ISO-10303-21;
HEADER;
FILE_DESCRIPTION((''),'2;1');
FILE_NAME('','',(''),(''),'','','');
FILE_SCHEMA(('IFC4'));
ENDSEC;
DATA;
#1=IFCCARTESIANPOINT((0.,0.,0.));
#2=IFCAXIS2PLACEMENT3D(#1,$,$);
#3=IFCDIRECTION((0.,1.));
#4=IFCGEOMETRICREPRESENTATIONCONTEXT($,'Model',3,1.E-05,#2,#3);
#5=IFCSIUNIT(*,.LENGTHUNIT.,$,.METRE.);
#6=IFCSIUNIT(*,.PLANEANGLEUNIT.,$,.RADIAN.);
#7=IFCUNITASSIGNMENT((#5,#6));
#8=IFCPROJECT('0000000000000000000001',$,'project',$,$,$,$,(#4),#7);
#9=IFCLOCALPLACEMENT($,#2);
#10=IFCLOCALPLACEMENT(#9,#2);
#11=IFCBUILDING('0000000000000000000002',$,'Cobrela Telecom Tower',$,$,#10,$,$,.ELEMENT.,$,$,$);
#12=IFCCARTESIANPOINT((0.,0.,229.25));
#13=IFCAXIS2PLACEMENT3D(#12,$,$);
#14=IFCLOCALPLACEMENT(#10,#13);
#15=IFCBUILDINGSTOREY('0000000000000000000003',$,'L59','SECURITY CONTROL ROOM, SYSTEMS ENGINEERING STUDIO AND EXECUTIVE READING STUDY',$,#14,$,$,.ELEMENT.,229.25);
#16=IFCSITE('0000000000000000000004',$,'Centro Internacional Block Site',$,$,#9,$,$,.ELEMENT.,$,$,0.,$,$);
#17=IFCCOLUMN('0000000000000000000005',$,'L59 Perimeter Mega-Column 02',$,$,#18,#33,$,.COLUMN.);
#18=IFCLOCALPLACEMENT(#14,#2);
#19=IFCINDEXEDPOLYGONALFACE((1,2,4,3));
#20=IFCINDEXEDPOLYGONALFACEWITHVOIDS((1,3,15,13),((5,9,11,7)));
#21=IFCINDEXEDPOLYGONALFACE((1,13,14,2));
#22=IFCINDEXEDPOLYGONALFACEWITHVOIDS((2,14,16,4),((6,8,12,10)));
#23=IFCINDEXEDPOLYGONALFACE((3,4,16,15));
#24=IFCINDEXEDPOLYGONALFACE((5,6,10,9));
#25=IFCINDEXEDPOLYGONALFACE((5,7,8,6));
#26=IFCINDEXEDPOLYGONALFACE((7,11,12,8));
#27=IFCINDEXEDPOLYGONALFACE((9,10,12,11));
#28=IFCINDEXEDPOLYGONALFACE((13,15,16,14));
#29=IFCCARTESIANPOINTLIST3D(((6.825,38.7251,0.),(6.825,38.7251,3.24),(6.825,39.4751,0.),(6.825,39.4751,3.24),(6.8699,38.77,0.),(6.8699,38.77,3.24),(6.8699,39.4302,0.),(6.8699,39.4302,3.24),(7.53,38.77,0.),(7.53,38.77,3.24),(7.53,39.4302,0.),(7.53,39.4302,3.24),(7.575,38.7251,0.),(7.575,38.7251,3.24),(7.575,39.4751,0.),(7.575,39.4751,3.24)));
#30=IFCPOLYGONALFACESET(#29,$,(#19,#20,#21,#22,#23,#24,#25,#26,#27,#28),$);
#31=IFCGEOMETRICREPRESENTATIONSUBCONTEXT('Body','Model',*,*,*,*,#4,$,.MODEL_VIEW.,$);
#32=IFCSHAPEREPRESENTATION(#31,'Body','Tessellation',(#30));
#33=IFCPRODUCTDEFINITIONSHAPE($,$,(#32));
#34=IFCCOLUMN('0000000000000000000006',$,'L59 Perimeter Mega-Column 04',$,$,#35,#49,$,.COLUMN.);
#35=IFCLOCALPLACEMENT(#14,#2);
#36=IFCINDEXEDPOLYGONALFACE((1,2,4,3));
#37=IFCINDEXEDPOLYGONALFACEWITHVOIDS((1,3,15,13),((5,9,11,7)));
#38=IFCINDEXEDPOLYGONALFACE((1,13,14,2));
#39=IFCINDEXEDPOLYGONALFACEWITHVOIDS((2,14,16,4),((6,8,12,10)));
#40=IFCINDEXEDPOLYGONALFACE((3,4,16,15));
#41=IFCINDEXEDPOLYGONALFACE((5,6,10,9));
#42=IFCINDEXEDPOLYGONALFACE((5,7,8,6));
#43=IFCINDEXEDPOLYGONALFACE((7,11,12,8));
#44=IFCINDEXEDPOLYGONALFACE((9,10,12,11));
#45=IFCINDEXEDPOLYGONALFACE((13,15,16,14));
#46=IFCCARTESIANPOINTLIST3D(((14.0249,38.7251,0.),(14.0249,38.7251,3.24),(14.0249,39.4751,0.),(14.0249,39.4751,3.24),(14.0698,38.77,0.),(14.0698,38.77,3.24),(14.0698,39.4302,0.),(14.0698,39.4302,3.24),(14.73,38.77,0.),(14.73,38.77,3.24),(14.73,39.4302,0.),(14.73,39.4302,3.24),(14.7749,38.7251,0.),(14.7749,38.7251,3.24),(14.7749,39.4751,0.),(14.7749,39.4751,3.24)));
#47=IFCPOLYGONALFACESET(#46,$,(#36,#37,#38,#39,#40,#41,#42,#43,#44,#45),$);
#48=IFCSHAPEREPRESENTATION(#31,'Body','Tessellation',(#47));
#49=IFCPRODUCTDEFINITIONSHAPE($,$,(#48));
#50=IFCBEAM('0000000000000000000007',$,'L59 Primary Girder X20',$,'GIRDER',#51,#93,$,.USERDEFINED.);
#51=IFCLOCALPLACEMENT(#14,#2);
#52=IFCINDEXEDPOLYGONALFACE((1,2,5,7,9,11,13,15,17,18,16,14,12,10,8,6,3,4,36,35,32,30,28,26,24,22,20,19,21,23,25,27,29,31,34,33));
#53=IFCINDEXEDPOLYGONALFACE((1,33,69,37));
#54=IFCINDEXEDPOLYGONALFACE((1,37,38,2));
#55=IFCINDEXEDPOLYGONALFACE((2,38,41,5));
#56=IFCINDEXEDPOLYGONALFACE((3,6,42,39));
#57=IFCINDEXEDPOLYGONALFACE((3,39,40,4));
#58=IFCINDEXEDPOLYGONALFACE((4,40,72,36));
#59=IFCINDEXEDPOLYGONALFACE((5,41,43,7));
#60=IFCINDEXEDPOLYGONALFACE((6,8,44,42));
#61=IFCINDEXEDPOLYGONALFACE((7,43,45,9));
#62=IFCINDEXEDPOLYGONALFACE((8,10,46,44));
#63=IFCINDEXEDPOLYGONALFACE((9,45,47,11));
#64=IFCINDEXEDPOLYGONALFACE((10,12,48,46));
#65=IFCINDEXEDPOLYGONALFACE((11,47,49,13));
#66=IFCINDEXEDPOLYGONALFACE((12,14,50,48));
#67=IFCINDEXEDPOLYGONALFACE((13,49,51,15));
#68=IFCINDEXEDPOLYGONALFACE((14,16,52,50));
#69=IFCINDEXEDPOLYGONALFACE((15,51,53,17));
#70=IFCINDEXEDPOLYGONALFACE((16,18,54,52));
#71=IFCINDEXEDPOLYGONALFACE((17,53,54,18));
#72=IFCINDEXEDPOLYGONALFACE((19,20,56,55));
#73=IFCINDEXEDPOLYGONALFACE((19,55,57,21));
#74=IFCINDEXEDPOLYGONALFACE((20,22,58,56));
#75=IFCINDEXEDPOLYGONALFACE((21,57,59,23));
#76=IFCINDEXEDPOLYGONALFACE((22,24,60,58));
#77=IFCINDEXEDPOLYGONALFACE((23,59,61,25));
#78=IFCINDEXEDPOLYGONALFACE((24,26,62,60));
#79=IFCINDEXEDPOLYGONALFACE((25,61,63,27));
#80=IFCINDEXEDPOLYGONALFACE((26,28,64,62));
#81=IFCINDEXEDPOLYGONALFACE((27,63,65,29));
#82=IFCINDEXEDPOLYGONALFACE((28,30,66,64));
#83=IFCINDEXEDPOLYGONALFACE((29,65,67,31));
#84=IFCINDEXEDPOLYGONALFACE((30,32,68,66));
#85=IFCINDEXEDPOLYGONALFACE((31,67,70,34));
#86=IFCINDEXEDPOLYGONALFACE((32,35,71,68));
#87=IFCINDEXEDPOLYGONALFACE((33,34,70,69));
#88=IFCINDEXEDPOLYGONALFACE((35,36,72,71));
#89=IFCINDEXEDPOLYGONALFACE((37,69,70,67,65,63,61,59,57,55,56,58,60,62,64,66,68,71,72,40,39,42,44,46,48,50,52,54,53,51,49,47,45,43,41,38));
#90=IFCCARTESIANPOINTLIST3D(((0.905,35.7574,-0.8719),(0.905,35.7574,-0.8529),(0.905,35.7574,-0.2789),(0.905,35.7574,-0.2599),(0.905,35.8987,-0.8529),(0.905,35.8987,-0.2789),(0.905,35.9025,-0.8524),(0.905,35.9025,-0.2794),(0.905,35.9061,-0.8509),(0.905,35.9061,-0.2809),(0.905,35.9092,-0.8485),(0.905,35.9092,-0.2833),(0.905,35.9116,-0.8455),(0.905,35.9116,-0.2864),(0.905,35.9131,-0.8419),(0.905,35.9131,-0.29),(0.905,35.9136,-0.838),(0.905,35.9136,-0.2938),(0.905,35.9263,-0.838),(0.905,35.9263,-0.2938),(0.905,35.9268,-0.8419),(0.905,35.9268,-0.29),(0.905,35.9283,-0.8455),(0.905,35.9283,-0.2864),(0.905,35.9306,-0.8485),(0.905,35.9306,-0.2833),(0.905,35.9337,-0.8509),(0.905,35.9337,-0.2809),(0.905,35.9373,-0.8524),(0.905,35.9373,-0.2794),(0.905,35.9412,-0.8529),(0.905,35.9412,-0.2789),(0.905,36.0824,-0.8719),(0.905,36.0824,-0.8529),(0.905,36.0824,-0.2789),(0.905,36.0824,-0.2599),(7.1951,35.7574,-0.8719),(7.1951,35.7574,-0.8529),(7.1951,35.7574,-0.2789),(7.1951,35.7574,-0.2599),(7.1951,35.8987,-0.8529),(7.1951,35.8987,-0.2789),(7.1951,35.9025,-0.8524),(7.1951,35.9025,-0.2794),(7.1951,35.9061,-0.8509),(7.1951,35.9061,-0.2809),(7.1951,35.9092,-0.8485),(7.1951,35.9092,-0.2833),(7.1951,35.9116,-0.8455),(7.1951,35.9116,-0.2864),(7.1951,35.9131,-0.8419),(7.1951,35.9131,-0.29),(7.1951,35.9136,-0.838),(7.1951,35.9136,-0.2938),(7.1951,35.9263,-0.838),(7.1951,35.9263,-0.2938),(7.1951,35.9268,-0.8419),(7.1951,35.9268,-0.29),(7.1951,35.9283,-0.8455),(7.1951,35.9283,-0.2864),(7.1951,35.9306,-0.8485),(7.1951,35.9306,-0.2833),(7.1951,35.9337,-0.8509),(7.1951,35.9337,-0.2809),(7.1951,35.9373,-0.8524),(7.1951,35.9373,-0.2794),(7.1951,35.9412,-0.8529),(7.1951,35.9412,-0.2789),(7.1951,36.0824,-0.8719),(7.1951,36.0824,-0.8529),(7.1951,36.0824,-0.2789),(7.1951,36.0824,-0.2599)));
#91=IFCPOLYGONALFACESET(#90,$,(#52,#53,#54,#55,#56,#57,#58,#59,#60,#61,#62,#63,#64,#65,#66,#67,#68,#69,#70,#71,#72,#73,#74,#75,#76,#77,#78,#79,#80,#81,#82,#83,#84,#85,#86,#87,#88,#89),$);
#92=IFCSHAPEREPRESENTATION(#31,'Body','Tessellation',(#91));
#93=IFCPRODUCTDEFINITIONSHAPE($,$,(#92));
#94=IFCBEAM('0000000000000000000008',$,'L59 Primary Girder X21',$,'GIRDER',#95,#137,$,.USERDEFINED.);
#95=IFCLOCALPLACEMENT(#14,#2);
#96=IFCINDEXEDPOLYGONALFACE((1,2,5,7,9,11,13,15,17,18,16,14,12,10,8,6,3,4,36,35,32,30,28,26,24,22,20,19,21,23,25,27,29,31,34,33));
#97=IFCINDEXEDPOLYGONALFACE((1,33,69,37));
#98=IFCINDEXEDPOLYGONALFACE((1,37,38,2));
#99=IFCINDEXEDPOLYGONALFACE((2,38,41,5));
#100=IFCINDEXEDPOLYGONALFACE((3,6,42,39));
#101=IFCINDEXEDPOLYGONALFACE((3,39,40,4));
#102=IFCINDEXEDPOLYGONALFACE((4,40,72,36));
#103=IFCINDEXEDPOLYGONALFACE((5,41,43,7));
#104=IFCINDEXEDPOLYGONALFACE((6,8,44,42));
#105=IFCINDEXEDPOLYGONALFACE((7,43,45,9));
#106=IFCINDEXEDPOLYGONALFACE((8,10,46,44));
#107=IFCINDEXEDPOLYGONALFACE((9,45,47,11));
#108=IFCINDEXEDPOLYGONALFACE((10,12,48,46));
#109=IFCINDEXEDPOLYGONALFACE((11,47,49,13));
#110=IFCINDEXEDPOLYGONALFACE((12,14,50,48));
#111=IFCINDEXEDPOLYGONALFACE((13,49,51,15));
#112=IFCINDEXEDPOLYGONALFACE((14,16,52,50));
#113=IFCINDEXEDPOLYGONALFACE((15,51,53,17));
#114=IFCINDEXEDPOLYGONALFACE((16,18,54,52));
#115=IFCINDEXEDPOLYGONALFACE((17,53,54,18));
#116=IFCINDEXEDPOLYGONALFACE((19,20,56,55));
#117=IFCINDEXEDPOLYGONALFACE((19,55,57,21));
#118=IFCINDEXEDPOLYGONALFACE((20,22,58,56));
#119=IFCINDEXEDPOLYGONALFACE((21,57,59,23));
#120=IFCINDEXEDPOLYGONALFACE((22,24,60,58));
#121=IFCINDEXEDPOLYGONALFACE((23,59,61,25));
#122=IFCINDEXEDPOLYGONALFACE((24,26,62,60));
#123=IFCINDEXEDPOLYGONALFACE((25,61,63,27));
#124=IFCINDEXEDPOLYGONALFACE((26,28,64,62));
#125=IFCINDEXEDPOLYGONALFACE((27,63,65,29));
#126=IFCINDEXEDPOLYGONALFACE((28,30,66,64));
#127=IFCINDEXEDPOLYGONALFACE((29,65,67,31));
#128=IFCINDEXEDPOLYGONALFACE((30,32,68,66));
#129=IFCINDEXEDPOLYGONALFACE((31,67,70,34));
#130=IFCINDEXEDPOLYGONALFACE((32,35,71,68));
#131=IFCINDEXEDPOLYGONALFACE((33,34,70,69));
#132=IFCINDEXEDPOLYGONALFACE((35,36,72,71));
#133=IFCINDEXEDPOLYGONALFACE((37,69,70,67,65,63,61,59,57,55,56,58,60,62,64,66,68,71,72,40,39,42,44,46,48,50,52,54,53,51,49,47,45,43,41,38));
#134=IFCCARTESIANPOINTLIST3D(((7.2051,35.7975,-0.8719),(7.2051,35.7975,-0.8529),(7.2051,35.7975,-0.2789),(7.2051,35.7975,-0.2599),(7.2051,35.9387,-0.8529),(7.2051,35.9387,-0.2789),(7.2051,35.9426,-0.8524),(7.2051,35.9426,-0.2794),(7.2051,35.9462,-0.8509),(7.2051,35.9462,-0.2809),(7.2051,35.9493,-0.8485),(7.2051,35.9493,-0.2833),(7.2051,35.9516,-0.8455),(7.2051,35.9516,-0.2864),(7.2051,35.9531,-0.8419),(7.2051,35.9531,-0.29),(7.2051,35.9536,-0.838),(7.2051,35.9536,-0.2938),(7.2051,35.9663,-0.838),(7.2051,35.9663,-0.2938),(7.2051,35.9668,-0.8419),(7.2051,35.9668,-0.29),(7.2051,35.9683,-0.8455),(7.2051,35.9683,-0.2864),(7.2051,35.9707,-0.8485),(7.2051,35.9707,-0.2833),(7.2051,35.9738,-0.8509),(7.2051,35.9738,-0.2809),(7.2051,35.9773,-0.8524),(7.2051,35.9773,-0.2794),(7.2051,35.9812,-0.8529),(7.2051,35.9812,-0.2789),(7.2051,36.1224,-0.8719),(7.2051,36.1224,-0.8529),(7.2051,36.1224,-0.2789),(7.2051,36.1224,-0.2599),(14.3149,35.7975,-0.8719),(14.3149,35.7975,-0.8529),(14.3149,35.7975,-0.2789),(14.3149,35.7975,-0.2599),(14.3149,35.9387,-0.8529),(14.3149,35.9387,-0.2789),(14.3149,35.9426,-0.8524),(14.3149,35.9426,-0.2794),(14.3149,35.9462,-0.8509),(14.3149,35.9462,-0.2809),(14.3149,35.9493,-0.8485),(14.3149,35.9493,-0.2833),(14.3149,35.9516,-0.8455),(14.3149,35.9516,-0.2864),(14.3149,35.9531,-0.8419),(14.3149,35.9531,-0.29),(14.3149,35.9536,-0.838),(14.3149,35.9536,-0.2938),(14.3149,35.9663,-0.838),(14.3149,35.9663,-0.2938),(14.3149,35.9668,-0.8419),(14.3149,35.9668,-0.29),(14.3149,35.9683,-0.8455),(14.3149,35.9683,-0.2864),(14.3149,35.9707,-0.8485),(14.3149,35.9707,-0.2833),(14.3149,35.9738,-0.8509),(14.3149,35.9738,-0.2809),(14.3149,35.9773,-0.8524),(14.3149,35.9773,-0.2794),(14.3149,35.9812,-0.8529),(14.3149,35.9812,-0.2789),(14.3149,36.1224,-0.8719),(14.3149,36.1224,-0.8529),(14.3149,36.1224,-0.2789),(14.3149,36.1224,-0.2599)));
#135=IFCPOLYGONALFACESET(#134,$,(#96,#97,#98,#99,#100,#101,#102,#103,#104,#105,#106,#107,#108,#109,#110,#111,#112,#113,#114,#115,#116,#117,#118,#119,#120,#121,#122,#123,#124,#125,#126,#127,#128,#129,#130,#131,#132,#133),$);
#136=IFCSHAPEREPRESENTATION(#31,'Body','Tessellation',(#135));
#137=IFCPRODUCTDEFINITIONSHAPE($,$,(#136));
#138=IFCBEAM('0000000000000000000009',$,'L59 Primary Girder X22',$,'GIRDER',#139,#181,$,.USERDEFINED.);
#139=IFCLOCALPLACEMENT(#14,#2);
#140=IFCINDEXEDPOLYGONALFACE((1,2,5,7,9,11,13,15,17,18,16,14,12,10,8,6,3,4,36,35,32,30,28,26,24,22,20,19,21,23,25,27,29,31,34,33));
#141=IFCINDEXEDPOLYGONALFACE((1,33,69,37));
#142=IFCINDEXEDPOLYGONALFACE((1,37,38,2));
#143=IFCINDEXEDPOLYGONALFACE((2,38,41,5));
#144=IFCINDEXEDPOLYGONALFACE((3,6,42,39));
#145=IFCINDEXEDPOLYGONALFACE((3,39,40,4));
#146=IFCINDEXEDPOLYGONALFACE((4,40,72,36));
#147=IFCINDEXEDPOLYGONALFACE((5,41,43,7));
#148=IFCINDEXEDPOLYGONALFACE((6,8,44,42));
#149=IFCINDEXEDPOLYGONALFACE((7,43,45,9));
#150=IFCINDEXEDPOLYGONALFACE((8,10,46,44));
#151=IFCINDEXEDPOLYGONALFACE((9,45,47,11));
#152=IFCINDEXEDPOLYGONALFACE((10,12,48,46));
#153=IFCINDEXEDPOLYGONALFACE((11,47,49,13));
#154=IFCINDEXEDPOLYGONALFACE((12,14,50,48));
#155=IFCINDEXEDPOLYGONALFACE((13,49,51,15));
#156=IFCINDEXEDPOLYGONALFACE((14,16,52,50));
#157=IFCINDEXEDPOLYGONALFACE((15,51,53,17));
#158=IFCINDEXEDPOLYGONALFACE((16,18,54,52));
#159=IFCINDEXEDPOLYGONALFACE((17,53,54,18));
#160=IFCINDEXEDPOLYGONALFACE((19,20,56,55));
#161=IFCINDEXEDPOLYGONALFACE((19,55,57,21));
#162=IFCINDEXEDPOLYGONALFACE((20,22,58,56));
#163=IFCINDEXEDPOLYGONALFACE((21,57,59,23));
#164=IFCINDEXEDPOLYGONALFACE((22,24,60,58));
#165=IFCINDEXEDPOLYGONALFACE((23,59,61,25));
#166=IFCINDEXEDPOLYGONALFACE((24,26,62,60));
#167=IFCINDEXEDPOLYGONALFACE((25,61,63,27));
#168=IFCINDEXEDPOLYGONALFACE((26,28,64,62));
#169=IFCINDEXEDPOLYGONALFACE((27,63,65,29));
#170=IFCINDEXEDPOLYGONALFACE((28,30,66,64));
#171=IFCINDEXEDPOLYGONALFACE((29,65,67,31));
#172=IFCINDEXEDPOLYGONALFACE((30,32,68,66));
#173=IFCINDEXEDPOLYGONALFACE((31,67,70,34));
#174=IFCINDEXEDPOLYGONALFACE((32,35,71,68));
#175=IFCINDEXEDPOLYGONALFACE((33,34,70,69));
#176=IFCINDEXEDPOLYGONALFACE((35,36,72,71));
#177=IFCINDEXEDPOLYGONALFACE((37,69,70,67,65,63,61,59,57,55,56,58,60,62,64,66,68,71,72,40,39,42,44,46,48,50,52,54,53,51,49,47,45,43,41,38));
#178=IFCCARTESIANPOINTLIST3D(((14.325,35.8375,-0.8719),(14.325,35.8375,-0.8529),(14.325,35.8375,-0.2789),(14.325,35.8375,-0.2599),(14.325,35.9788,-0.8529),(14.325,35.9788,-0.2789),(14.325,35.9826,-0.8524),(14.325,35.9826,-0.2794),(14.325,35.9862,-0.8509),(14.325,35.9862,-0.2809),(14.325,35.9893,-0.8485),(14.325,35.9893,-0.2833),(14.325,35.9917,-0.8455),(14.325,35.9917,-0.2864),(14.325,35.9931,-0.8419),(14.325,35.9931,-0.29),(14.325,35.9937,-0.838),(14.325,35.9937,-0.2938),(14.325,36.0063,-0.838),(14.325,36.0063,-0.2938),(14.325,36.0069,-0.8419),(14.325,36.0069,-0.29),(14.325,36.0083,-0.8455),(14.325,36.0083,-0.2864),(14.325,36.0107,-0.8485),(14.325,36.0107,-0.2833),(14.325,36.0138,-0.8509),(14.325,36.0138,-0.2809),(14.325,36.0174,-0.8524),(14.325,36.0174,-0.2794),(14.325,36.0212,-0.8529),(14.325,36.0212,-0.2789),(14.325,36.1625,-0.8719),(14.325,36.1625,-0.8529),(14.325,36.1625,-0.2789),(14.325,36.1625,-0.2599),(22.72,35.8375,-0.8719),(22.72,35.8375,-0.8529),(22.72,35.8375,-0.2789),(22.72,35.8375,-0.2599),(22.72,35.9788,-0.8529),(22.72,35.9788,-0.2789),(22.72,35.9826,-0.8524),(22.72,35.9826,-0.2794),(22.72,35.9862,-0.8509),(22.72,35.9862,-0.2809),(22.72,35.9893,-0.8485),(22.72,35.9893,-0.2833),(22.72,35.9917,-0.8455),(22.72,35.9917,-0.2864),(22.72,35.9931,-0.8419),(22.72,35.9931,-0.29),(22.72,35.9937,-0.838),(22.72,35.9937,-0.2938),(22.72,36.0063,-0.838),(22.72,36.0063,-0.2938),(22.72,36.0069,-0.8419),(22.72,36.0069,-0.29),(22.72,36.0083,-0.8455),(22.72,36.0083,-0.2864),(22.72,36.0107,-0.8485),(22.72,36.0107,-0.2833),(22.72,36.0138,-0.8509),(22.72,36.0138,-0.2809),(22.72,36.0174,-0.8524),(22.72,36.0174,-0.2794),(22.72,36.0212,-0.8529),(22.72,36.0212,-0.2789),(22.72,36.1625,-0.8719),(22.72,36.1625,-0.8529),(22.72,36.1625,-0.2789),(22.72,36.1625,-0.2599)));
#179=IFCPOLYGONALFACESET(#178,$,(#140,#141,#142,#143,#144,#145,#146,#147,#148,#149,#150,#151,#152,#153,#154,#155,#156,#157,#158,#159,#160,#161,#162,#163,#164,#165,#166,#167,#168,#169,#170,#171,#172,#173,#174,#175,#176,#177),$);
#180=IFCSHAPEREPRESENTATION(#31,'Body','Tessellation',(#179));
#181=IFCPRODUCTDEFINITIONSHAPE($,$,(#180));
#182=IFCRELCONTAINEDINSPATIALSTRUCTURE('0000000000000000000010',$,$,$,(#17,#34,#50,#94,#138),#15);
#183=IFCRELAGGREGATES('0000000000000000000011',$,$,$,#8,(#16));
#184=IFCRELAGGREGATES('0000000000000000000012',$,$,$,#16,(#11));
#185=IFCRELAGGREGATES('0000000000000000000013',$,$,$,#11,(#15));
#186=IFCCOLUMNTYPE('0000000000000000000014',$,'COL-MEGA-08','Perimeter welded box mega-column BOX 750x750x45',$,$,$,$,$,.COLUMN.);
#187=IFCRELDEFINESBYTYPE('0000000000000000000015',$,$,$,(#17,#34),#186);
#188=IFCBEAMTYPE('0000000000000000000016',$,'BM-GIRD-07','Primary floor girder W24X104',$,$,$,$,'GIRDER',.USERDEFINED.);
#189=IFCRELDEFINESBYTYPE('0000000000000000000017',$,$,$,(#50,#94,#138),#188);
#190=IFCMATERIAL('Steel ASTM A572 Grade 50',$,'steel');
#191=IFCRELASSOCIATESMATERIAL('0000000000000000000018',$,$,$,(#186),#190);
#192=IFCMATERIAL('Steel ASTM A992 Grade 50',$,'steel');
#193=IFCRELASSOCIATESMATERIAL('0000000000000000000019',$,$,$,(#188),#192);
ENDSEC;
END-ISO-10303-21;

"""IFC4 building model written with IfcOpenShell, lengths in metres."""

from ifc_helpers import new_model, si_unit, direction, frame, origin, origin_2d, place, context, subcontext, project, spatial, hollow_rectangle, i_section, extrude, material, material_profile, profile_set, type_object, element, save


model = new_model("IFC4")

# Units and contexts
model_context = context("Model", 3, precision=1e-05, world=origin(), true_north=direction((0.0, 1.0)))
body_context = subcontext(model_context, "Body", "Model", "MODEL_VIEW")
ifc_project = project(units=[si_unit("LENGTHUNIT", "METRE"), si_unit("PLANEANGLEUNIT", "RADIAN")], contexts=[model_context])

# Site, building, storey
site_placement = place(None, origin())
site = spatial("IfcSite", under=ifc_project, at=site_placement, Name="Centro Internacional Block Site", CompositionType="ELEMENT", RefElevation=0.0)
building_placement = place(site_placement, origin())
building = spatial("IfcBuilding", under=site, at=building_placement, Name="Cobrela Telecom Tower", CompositionType="ELEMENT")
storey_placement = place(building_placement, frame((0.0, 0.0, 229.25)))
storey = spatial("IfcBuildingStorey", under=building, at=storey_placement, Name="L59", Description="SECURITY CONTROL ROOM, SYSTEMS ENGINEERING STUDIO AND EXECUTIVE READING STUDY", CompositionType="ELEMENT", Elevation=229.25)

# Columns
ifc_material_1 = material(Name="Steel ASTM A572 Grade 50", Category="steel")
ifc_material_profile_1 = material_profile(ifc_material_1, hollow_rectangle(XDim=0.75, YDim=0.75, WallThickness=0.0449, at=origin_2d()), Name="BOX 750x750x45")
ifc_profile_set_1 = profile_set([ifc_material_profile_1], Name="Steel ASTM A572 Grade 50")
column_type = type_object("IfcColumnType", Name="COL-MEGA-08", Description="Perimeter welded box mega-column BOX 750x750x45", PredefinedType="COLUMN", material=ifc_profile_set_1)
for number, where, z_axis, x_axis, name in (
    (1, (7.2, 39.1001, 0.0), (0.0, 0.0, 1.0), (1.0, 0.0, 0.0), "L59 Perimeter Mega-Column 02"),
    (2, (14.3999, 39.1001, 0.0), (0.0, 0.0, 1.0), (1.0, 0.0, 0.0), "L59 Perimeter Mega-Column 04"),
):
    element("IfcColumn", number, at=place(storey_placement, frame(where, z_axis=z_axis, x_axis=x_axis)), inside=storey, type_object=column_type, Name=name, PredefinedType="COLUMN", context=body_context, shape_type="SweptSolid", body=[
        extrude(hollow_rectangle(XDim=0.75, YDim=0.75, WallThickness=0.0449, at=origin_2d()), origin(), (0.0, 0.0, 1.0), 3.24),
    ])

# Beams
ifc_material_2 = material(Name="Steel ASTM A992 Grade 50", Category="steel")
ifc_material_profile_2 = material_profile(ifc_material_2, i_section(OverallWidth=0.325, OverallDepth=0.6121, WebThickness=0.0127, FlangeThickness=0.019, FilletRadius=0.0149, at=origin_2d()), Name="W24X104")
ifc_profile_set_2 = profile_set([ifc_material_profile_2], Name="Steel ASTM A992 Grade 50")
beam_type_1 = type_object("IfcBeamType", Name="BM-GIRD-07", Description="Primary floor girder W24X104", ElementType="GIRDER", PredefinedType="USERDEFINED", material=ifc_profile_set_2)
beam_1_placement = place(storey_placement, frame((0.905, 35.9199, -0.5659), z_axis=(1.0, 0.0, 0.0), x_axis=(0.0, 1.0, 0.0)))
element("IfcBeam", 3, at=beam_1_placement, inside=storey, type_object=beam_type_1, Name="L59 Primary Girder X20", ObjectType="GIRDER", PredefinedType="USERDEFINED", context=body_context, shape_type="SweptSolid", body=[
    extrude(i_section(OverallWidth=0.325, OverallDepth=0.6121, WebThickness=0.0127, FlangeThickness=0.019, FilletRadius=0.0149, at=origin_2d()), origin(), (0.0, 0.0, 1.0), 6.29),
])
beam_2_placement = place(storey_placement, frame((7.2051, 35.96, -0.5659), z_axis=(1.0, 0.0, 0.0), x_axis=(0.0, 1.0, 0.0)))
element("IfcBeam", 4, at=beam_2_placement, inside=storey, type_object=beam_type_1, Name="L59 Primary Girder X21", ObjectType="GIRDER", PredefinedType="USERDEFINED", context=body_context, shape_type="SweptSolid", body=[
    extrude(i_section(OverallWidth=0.325, OverallDepth=0.6121, WebThickness=0.0127, FlangeThickness=0.019, FilletRadius=0.0149, at=origin_2d()), origin(), (0.0, 0.0, 1.0), 7.1099),
])
beam_3_placement = place(storey_placement, frame((14.325, 36.0, -0.5659), z_axis=(1.0, 0.0, 0.0), x_axis=(0.0, 1.0, 0.0)))
element("IfcBeam", 5, at=beam_3_placement, inside=storey, type_object=beam_type_1, Name="L59 Primary Girder X22", ObjectType="GIRDER", PredefinedType="USERDEFINED", context=body_context, shape_type="SweptSolid", body=[
    extrude(i_section(OverallWidth=0.325, OverallDepth=0.6121, WebThickness=0.0127, FlangeThickness=0.019, FilletRadius=0.0149, at=origin_2d()), origin(), (0.0, 0.0, 1.0), 8.395),
])

save(model, "model.ifc")
